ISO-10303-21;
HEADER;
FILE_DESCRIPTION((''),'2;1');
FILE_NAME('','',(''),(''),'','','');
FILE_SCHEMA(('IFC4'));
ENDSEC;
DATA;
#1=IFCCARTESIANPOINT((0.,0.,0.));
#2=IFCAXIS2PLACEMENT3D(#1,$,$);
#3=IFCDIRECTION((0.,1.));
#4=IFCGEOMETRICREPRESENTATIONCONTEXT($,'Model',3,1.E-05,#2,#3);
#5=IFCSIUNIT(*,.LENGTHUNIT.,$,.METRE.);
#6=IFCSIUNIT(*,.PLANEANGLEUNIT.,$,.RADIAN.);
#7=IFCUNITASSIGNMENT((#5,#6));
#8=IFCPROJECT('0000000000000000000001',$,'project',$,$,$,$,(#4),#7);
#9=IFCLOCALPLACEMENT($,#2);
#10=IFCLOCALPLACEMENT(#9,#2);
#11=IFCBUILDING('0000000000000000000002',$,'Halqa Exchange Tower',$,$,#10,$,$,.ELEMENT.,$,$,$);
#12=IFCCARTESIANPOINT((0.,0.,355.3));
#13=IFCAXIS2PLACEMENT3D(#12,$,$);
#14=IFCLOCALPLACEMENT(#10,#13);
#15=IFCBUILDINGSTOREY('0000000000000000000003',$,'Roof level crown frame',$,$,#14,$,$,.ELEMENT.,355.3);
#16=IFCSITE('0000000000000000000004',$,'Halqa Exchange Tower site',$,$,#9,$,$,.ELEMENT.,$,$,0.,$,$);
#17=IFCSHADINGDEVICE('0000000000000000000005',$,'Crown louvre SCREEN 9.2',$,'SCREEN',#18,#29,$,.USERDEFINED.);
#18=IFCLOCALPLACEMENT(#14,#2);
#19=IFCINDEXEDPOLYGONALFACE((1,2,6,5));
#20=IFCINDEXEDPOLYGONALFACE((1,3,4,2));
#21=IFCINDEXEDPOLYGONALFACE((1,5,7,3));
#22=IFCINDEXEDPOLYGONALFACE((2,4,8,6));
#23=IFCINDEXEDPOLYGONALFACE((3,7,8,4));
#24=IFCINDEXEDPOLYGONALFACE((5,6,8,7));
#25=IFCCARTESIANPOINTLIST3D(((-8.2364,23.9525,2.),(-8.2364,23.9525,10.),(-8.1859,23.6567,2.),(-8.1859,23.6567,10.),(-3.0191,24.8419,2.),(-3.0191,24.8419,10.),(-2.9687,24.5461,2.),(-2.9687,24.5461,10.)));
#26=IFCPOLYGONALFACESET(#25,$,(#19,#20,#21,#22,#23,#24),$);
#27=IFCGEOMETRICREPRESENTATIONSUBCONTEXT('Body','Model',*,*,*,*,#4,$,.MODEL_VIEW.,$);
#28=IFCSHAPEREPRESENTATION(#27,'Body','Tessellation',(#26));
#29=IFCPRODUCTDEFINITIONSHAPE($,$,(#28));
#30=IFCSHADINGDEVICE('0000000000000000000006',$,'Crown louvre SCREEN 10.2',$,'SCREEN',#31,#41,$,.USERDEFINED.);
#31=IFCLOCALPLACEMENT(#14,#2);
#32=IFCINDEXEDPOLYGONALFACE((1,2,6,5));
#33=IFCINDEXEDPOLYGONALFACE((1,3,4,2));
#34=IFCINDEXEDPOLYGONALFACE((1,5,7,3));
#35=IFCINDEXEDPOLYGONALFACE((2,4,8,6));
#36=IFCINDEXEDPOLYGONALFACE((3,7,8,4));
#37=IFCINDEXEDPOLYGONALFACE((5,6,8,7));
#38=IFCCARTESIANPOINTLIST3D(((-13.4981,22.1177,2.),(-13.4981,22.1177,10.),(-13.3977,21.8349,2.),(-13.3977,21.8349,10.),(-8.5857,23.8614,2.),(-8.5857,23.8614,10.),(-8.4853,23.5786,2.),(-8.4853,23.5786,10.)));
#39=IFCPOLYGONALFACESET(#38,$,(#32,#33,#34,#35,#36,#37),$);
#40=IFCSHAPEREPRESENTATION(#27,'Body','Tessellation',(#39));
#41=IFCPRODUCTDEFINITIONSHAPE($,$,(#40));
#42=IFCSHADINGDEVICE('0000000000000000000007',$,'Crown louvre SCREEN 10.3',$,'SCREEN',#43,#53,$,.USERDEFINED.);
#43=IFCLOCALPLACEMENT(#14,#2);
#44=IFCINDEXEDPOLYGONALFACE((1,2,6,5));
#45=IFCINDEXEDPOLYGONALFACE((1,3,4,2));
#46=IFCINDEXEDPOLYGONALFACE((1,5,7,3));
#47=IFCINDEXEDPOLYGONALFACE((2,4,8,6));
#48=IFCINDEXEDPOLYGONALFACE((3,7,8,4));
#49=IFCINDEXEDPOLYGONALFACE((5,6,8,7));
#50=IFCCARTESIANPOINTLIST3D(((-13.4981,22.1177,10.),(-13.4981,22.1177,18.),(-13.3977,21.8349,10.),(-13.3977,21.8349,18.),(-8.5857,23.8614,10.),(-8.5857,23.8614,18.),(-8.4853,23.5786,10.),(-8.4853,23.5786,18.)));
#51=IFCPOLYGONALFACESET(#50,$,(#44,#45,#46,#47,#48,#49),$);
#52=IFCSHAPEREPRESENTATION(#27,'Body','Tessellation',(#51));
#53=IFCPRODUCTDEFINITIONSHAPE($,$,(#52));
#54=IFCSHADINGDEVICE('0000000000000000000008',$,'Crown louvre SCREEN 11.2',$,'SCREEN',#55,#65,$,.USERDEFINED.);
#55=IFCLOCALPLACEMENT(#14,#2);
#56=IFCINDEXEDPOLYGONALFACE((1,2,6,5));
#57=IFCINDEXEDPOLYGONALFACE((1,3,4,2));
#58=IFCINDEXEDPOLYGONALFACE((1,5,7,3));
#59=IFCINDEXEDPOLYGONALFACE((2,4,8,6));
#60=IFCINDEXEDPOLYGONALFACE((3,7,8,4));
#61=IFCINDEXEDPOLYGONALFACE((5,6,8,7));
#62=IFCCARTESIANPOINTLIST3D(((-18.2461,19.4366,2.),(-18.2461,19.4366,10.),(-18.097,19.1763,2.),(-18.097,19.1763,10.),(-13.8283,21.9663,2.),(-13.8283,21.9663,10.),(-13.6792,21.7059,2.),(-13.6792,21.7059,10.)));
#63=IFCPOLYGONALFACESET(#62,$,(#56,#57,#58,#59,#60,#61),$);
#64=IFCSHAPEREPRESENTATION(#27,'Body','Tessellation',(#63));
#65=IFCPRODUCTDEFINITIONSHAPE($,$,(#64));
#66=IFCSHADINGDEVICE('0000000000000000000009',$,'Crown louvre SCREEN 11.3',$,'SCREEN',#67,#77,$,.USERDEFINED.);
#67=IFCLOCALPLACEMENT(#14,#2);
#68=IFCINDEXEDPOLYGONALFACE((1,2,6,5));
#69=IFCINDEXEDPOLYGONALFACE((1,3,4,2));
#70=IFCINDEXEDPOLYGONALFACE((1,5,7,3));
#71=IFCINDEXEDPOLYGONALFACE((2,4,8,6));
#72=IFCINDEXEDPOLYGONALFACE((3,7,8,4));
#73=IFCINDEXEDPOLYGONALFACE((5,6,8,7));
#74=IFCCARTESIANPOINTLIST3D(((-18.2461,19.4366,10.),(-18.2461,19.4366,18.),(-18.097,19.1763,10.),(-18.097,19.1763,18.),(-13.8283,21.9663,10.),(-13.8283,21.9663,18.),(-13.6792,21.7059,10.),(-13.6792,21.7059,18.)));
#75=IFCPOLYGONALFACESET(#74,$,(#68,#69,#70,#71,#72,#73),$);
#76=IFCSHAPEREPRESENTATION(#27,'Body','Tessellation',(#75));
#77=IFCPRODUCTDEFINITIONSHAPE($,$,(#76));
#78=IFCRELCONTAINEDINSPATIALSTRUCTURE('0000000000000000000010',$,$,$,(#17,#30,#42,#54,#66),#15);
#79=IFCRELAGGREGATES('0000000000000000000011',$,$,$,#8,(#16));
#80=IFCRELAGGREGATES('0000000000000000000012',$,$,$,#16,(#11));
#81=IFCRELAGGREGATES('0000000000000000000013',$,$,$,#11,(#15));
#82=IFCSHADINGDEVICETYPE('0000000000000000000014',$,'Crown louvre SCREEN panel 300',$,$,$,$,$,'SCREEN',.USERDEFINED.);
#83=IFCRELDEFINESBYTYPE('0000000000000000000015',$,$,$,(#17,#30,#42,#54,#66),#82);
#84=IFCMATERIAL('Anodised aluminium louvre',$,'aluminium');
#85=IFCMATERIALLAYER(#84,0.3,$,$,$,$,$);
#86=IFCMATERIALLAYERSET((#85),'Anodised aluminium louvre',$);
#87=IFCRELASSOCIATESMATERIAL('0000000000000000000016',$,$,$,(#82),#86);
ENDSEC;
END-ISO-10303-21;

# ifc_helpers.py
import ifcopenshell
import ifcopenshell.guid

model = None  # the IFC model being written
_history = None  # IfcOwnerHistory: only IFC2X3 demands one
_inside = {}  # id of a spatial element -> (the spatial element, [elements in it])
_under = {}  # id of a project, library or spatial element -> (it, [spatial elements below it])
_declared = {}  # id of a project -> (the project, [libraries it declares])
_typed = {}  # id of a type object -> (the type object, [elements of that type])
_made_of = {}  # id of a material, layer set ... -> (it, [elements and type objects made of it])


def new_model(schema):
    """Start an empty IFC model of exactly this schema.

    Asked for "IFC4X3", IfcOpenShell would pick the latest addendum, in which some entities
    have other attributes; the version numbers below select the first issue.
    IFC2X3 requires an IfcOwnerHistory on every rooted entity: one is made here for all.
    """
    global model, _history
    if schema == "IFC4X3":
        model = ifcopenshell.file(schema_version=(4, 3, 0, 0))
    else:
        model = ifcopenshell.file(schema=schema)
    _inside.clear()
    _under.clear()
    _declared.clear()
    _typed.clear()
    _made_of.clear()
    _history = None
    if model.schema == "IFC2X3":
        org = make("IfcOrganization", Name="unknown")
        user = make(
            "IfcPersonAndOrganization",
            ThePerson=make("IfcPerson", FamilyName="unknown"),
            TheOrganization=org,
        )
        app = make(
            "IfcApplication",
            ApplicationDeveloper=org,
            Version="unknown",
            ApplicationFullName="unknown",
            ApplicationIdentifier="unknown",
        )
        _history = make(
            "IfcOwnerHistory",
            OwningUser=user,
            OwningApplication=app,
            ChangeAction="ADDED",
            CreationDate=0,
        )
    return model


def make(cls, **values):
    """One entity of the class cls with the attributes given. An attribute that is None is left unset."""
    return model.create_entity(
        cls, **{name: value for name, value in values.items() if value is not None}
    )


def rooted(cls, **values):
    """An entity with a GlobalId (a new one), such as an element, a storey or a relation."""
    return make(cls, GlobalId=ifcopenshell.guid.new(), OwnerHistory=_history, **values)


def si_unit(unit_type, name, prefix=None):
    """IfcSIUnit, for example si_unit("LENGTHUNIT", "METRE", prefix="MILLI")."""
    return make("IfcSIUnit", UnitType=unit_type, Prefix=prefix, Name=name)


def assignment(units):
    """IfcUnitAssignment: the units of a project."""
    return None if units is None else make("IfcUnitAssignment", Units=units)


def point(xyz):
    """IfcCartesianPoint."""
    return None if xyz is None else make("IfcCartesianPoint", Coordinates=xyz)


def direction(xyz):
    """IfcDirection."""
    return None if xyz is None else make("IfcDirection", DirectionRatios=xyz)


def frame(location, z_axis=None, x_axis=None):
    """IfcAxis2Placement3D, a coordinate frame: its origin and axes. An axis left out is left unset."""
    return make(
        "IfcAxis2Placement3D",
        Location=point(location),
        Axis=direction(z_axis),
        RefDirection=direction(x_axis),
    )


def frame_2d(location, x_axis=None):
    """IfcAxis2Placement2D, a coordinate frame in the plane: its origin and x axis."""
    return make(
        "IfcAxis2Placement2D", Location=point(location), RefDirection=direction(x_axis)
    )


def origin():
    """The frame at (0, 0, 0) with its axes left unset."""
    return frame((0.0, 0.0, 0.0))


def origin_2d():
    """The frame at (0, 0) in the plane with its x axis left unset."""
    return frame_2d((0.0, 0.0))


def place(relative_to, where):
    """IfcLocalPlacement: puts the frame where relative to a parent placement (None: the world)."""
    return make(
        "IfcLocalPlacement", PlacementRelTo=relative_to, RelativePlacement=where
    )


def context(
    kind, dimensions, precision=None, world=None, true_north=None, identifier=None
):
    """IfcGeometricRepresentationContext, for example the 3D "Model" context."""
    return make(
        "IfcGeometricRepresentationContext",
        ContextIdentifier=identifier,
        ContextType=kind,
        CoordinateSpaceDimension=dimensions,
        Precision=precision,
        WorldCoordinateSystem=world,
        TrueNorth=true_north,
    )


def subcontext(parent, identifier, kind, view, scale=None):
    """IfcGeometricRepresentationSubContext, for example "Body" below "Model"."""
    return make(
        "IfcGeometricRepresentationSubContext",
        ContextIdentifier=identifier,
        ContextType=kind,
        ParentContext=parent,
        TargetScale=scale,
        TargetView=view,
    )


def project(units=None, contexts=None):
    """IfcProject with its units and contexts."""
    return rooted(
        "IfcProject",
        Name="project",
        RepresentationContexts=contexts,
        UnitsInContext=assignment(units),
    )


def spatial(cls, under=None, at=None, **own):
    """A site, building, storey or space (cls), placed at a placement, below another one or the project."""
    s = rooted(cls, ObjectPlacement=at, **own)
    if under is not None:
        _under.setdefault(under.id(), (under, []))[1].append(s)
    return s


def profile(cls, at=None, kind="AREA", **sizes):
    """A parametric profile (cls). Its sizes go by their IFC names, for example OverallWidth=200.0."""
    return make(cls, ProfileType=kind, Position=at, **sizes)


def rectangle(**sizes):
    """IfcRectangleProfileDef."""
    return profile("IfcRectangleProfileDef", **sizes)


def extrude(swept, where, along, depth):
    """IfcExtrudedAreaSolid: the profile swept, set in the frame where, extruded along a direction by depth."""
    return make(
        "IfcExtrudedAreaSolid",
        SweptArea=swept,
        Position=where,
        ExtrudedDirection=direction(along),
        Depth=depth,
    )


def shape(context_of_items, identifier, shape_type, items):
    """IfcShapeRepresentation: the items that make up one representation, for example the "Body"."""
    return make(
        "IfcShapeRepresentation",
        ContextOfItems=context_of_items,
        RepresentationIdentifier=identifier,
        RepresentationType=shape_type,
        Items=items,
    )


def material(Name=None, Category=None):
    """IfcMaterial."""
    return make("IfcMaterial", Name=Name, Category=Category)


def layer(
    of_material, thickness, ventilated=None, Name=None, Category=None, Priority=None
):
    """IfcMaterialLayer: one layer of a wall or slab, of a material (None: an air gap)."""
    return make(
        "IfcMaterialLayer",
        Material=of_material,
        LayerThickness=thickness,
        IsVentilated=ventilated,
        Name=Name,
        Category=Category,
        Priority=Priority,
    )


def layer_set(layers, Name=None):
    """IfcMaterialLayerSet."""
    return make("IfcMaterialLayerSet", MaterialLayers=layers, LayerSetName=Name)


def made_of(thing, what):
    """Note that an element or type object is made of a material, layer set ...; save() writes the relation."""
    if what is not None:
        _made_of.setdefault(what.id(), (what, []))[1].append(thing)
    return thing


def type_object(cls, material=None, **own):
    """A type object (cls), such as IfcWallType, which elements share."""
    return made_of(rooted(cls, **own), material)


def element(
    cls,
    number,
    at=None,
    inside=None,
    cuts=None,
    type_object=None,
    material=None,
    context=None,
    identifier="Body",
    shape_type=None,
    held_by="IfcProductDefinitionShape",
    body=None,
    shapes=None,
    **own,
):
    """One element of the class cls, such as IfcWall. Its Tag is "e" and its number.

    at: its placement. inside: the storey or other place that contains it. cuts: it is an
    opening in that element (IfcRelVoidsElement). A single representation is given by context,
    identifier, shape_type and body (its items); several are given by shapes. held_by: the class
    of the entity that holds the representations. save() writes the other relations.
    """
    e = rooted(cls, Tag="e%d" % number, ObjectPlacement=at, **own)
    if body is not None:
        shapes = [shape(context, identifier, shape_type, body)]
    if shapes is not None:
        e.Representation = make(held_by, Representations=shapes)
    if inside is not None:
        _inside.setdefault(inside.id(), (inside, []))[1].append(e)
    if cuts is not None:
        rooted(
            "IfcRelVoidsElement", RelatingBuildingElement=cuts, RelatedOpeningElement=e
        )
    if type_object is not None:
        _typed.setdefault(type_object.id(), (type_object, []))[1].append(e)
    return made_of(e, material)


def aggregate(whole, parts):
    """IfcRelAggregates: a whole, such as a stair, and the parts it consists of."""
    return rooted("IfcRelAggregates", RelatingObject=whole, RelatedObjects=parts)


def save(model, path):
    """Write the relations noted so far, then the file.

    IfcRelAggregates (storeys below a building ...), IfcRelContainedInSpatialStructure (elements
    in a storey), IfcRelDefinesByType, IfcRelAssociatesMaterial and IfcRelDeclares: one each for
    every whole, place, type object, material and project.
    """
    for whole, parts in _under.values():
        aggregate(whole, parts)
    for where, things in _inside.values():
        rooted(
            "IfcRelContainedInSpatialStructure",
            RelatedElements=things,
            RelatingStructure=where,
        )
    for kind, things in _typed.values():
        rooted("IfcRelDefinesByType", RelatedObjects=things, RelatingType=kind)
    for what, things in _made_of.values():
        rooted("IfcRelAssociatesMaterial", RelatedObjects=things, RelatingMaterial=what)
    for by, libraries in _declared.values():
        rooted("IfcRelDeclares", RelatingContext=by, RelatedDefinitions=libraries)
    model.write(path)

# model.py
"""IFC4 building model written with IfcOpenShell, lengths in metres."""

from ifc_helpers import new_model, si_unit, direction, frame, origin, origin_2d, place, context, subcontext, project, spatial, rectangle, extrude, material, layer, layer_set, type_object, element, save


model = new_model("IFC4")

# Units and contexts
model_context = context("Model", 3, precision=1e-05, world=origin(), true_north=direction((0.0, 1.0)))
body_context = subcontext(model_context, "Body", "Model", "MODEL_VIEW")
ifc_project = project(units=[si_unit("LENGTHUNIT", "METRE"), si_unit("PLANEANGLEUNIT", "RADIAN")], contexts=[model_context])

# Site, building, storey
site_placement = place(None, origin())
site = spatial("IfcSite", under=ifc_project, at=site_placement, Name="Halqa Exchange Tower site", CompositionType="ELEMENT", RefElevation=0.0)
building_placement = place(site_placement, origin())
building = spatial("IfcBuilding", under=site, at=building_placement, Name="Halqa Exchange Tower", CompositionType="ELEMENT")
storey_placement = place(building_placement, frame((0.0, 0.0, 355.3)))
storey = spatial("IfcBuildingStorey", under=building, at=storey_placement, Name="Roof level crown frame", CompositionType="ELEMENT", Elevation=355.3)

# Shading devices
ifc_material_1 = material(Name="Anodised aluminium louvre", Category="aluminium")
ifc_layer_1 = layer(ifc_material_1, 0.3)
ifc_layer_set_1 = layer_set([ifc_layer_1], Name="Anodised aluminium louvre")
shading_device_type = type_object("IfcShadingDeviceType", Name="Crown louvre SCREEN panel 300", ElementType="SCREEN", PredefinedType="USERDEFINED", material=ifc_layer_set_1)
shading_device_1_placement = place(storey_placement, frame((-5.6025, 24.2493, 2.0), z_axis=(0.0, 0.0, 1.0), x_axis=(-0.985778, -0.168051, 0.0)))
element("IfcShadingDevice", 1, at=shading_device_1_placement, inside=storey, type_object=shading_device_type, Name="Crown louvre SCREEN 9.2", ObjectType="SCREEN", PredefinedType="USERDEFINED", context=body_context, shape_type="SweptSolid", body=[
    extrude(rectangle(XDim=5.2925, YDim=0.3, at=origin_2d()), origin(), (0.0, 0.0, 1.0), 8.0),
])
for number, where, z_axis, x_axis, name in (
    (2, (-10.9917, 22.8481, 2.0), (0.0, 0.0, 1.0), (-0.942388, -0.334522, 0.0), "Crown louvre SCREEN 10.2"),
    (3, (-10.9917, 22.8481, 10.0), (0.0, 0.0, 1.0), (-0.942388, -0.334522, 0.0), "Crown louvre SCREEN 10.3"),
):
    element("IfcShadingDevice", number, at=place(storey_placement, frame(where, z_axis=z_axis, x_axis=x_axis)), inside=storey, type_object=shading_device_type, Name=name, ObjectType="SCREEN", PredefinedType="USERDEFINED", context=body_context, shape_type="SweptSolid", body=[
        extrude(rectangle(XDim=5.2126, YDim=0.3, at=origin_2d()), origin(), (0.0, 0.0, 1.0), 8.0),
    ])
for number, where, z_axis, x_axis, name in (
    (4, (-15.9626, 20.5713, 2.0), (0.0, 0.0, 1.0), (-0.867804, -0.496907, 0.0), "Crown louvre SCREEN 11.2"),
    (5, (-15.9626, 20.5713, 10.0), (0.0, 0.0, 1.0), (-0.867804, -0.496907, 0.0), "Crown louvre SCREEN 11.3"),
):
    element("IfcShadingDevice", number, at=place(storey_placement, frame(where, z_axis=z_axis, x_axis=x_axis)), inside=storey, type_object=shading_device_type, Name=name, ObjectType="SCREEN", PredefinedType="USERDEFINED", context=body_context, shape_type="SweptSolid", body=[
        extrude(rectangle(XDim=5.0908, YDim=0.3, at=origin_2d()), origin(), (0.0, 0.0, 1.0), 8.0),
    ])

save(model, "model.ifc")
